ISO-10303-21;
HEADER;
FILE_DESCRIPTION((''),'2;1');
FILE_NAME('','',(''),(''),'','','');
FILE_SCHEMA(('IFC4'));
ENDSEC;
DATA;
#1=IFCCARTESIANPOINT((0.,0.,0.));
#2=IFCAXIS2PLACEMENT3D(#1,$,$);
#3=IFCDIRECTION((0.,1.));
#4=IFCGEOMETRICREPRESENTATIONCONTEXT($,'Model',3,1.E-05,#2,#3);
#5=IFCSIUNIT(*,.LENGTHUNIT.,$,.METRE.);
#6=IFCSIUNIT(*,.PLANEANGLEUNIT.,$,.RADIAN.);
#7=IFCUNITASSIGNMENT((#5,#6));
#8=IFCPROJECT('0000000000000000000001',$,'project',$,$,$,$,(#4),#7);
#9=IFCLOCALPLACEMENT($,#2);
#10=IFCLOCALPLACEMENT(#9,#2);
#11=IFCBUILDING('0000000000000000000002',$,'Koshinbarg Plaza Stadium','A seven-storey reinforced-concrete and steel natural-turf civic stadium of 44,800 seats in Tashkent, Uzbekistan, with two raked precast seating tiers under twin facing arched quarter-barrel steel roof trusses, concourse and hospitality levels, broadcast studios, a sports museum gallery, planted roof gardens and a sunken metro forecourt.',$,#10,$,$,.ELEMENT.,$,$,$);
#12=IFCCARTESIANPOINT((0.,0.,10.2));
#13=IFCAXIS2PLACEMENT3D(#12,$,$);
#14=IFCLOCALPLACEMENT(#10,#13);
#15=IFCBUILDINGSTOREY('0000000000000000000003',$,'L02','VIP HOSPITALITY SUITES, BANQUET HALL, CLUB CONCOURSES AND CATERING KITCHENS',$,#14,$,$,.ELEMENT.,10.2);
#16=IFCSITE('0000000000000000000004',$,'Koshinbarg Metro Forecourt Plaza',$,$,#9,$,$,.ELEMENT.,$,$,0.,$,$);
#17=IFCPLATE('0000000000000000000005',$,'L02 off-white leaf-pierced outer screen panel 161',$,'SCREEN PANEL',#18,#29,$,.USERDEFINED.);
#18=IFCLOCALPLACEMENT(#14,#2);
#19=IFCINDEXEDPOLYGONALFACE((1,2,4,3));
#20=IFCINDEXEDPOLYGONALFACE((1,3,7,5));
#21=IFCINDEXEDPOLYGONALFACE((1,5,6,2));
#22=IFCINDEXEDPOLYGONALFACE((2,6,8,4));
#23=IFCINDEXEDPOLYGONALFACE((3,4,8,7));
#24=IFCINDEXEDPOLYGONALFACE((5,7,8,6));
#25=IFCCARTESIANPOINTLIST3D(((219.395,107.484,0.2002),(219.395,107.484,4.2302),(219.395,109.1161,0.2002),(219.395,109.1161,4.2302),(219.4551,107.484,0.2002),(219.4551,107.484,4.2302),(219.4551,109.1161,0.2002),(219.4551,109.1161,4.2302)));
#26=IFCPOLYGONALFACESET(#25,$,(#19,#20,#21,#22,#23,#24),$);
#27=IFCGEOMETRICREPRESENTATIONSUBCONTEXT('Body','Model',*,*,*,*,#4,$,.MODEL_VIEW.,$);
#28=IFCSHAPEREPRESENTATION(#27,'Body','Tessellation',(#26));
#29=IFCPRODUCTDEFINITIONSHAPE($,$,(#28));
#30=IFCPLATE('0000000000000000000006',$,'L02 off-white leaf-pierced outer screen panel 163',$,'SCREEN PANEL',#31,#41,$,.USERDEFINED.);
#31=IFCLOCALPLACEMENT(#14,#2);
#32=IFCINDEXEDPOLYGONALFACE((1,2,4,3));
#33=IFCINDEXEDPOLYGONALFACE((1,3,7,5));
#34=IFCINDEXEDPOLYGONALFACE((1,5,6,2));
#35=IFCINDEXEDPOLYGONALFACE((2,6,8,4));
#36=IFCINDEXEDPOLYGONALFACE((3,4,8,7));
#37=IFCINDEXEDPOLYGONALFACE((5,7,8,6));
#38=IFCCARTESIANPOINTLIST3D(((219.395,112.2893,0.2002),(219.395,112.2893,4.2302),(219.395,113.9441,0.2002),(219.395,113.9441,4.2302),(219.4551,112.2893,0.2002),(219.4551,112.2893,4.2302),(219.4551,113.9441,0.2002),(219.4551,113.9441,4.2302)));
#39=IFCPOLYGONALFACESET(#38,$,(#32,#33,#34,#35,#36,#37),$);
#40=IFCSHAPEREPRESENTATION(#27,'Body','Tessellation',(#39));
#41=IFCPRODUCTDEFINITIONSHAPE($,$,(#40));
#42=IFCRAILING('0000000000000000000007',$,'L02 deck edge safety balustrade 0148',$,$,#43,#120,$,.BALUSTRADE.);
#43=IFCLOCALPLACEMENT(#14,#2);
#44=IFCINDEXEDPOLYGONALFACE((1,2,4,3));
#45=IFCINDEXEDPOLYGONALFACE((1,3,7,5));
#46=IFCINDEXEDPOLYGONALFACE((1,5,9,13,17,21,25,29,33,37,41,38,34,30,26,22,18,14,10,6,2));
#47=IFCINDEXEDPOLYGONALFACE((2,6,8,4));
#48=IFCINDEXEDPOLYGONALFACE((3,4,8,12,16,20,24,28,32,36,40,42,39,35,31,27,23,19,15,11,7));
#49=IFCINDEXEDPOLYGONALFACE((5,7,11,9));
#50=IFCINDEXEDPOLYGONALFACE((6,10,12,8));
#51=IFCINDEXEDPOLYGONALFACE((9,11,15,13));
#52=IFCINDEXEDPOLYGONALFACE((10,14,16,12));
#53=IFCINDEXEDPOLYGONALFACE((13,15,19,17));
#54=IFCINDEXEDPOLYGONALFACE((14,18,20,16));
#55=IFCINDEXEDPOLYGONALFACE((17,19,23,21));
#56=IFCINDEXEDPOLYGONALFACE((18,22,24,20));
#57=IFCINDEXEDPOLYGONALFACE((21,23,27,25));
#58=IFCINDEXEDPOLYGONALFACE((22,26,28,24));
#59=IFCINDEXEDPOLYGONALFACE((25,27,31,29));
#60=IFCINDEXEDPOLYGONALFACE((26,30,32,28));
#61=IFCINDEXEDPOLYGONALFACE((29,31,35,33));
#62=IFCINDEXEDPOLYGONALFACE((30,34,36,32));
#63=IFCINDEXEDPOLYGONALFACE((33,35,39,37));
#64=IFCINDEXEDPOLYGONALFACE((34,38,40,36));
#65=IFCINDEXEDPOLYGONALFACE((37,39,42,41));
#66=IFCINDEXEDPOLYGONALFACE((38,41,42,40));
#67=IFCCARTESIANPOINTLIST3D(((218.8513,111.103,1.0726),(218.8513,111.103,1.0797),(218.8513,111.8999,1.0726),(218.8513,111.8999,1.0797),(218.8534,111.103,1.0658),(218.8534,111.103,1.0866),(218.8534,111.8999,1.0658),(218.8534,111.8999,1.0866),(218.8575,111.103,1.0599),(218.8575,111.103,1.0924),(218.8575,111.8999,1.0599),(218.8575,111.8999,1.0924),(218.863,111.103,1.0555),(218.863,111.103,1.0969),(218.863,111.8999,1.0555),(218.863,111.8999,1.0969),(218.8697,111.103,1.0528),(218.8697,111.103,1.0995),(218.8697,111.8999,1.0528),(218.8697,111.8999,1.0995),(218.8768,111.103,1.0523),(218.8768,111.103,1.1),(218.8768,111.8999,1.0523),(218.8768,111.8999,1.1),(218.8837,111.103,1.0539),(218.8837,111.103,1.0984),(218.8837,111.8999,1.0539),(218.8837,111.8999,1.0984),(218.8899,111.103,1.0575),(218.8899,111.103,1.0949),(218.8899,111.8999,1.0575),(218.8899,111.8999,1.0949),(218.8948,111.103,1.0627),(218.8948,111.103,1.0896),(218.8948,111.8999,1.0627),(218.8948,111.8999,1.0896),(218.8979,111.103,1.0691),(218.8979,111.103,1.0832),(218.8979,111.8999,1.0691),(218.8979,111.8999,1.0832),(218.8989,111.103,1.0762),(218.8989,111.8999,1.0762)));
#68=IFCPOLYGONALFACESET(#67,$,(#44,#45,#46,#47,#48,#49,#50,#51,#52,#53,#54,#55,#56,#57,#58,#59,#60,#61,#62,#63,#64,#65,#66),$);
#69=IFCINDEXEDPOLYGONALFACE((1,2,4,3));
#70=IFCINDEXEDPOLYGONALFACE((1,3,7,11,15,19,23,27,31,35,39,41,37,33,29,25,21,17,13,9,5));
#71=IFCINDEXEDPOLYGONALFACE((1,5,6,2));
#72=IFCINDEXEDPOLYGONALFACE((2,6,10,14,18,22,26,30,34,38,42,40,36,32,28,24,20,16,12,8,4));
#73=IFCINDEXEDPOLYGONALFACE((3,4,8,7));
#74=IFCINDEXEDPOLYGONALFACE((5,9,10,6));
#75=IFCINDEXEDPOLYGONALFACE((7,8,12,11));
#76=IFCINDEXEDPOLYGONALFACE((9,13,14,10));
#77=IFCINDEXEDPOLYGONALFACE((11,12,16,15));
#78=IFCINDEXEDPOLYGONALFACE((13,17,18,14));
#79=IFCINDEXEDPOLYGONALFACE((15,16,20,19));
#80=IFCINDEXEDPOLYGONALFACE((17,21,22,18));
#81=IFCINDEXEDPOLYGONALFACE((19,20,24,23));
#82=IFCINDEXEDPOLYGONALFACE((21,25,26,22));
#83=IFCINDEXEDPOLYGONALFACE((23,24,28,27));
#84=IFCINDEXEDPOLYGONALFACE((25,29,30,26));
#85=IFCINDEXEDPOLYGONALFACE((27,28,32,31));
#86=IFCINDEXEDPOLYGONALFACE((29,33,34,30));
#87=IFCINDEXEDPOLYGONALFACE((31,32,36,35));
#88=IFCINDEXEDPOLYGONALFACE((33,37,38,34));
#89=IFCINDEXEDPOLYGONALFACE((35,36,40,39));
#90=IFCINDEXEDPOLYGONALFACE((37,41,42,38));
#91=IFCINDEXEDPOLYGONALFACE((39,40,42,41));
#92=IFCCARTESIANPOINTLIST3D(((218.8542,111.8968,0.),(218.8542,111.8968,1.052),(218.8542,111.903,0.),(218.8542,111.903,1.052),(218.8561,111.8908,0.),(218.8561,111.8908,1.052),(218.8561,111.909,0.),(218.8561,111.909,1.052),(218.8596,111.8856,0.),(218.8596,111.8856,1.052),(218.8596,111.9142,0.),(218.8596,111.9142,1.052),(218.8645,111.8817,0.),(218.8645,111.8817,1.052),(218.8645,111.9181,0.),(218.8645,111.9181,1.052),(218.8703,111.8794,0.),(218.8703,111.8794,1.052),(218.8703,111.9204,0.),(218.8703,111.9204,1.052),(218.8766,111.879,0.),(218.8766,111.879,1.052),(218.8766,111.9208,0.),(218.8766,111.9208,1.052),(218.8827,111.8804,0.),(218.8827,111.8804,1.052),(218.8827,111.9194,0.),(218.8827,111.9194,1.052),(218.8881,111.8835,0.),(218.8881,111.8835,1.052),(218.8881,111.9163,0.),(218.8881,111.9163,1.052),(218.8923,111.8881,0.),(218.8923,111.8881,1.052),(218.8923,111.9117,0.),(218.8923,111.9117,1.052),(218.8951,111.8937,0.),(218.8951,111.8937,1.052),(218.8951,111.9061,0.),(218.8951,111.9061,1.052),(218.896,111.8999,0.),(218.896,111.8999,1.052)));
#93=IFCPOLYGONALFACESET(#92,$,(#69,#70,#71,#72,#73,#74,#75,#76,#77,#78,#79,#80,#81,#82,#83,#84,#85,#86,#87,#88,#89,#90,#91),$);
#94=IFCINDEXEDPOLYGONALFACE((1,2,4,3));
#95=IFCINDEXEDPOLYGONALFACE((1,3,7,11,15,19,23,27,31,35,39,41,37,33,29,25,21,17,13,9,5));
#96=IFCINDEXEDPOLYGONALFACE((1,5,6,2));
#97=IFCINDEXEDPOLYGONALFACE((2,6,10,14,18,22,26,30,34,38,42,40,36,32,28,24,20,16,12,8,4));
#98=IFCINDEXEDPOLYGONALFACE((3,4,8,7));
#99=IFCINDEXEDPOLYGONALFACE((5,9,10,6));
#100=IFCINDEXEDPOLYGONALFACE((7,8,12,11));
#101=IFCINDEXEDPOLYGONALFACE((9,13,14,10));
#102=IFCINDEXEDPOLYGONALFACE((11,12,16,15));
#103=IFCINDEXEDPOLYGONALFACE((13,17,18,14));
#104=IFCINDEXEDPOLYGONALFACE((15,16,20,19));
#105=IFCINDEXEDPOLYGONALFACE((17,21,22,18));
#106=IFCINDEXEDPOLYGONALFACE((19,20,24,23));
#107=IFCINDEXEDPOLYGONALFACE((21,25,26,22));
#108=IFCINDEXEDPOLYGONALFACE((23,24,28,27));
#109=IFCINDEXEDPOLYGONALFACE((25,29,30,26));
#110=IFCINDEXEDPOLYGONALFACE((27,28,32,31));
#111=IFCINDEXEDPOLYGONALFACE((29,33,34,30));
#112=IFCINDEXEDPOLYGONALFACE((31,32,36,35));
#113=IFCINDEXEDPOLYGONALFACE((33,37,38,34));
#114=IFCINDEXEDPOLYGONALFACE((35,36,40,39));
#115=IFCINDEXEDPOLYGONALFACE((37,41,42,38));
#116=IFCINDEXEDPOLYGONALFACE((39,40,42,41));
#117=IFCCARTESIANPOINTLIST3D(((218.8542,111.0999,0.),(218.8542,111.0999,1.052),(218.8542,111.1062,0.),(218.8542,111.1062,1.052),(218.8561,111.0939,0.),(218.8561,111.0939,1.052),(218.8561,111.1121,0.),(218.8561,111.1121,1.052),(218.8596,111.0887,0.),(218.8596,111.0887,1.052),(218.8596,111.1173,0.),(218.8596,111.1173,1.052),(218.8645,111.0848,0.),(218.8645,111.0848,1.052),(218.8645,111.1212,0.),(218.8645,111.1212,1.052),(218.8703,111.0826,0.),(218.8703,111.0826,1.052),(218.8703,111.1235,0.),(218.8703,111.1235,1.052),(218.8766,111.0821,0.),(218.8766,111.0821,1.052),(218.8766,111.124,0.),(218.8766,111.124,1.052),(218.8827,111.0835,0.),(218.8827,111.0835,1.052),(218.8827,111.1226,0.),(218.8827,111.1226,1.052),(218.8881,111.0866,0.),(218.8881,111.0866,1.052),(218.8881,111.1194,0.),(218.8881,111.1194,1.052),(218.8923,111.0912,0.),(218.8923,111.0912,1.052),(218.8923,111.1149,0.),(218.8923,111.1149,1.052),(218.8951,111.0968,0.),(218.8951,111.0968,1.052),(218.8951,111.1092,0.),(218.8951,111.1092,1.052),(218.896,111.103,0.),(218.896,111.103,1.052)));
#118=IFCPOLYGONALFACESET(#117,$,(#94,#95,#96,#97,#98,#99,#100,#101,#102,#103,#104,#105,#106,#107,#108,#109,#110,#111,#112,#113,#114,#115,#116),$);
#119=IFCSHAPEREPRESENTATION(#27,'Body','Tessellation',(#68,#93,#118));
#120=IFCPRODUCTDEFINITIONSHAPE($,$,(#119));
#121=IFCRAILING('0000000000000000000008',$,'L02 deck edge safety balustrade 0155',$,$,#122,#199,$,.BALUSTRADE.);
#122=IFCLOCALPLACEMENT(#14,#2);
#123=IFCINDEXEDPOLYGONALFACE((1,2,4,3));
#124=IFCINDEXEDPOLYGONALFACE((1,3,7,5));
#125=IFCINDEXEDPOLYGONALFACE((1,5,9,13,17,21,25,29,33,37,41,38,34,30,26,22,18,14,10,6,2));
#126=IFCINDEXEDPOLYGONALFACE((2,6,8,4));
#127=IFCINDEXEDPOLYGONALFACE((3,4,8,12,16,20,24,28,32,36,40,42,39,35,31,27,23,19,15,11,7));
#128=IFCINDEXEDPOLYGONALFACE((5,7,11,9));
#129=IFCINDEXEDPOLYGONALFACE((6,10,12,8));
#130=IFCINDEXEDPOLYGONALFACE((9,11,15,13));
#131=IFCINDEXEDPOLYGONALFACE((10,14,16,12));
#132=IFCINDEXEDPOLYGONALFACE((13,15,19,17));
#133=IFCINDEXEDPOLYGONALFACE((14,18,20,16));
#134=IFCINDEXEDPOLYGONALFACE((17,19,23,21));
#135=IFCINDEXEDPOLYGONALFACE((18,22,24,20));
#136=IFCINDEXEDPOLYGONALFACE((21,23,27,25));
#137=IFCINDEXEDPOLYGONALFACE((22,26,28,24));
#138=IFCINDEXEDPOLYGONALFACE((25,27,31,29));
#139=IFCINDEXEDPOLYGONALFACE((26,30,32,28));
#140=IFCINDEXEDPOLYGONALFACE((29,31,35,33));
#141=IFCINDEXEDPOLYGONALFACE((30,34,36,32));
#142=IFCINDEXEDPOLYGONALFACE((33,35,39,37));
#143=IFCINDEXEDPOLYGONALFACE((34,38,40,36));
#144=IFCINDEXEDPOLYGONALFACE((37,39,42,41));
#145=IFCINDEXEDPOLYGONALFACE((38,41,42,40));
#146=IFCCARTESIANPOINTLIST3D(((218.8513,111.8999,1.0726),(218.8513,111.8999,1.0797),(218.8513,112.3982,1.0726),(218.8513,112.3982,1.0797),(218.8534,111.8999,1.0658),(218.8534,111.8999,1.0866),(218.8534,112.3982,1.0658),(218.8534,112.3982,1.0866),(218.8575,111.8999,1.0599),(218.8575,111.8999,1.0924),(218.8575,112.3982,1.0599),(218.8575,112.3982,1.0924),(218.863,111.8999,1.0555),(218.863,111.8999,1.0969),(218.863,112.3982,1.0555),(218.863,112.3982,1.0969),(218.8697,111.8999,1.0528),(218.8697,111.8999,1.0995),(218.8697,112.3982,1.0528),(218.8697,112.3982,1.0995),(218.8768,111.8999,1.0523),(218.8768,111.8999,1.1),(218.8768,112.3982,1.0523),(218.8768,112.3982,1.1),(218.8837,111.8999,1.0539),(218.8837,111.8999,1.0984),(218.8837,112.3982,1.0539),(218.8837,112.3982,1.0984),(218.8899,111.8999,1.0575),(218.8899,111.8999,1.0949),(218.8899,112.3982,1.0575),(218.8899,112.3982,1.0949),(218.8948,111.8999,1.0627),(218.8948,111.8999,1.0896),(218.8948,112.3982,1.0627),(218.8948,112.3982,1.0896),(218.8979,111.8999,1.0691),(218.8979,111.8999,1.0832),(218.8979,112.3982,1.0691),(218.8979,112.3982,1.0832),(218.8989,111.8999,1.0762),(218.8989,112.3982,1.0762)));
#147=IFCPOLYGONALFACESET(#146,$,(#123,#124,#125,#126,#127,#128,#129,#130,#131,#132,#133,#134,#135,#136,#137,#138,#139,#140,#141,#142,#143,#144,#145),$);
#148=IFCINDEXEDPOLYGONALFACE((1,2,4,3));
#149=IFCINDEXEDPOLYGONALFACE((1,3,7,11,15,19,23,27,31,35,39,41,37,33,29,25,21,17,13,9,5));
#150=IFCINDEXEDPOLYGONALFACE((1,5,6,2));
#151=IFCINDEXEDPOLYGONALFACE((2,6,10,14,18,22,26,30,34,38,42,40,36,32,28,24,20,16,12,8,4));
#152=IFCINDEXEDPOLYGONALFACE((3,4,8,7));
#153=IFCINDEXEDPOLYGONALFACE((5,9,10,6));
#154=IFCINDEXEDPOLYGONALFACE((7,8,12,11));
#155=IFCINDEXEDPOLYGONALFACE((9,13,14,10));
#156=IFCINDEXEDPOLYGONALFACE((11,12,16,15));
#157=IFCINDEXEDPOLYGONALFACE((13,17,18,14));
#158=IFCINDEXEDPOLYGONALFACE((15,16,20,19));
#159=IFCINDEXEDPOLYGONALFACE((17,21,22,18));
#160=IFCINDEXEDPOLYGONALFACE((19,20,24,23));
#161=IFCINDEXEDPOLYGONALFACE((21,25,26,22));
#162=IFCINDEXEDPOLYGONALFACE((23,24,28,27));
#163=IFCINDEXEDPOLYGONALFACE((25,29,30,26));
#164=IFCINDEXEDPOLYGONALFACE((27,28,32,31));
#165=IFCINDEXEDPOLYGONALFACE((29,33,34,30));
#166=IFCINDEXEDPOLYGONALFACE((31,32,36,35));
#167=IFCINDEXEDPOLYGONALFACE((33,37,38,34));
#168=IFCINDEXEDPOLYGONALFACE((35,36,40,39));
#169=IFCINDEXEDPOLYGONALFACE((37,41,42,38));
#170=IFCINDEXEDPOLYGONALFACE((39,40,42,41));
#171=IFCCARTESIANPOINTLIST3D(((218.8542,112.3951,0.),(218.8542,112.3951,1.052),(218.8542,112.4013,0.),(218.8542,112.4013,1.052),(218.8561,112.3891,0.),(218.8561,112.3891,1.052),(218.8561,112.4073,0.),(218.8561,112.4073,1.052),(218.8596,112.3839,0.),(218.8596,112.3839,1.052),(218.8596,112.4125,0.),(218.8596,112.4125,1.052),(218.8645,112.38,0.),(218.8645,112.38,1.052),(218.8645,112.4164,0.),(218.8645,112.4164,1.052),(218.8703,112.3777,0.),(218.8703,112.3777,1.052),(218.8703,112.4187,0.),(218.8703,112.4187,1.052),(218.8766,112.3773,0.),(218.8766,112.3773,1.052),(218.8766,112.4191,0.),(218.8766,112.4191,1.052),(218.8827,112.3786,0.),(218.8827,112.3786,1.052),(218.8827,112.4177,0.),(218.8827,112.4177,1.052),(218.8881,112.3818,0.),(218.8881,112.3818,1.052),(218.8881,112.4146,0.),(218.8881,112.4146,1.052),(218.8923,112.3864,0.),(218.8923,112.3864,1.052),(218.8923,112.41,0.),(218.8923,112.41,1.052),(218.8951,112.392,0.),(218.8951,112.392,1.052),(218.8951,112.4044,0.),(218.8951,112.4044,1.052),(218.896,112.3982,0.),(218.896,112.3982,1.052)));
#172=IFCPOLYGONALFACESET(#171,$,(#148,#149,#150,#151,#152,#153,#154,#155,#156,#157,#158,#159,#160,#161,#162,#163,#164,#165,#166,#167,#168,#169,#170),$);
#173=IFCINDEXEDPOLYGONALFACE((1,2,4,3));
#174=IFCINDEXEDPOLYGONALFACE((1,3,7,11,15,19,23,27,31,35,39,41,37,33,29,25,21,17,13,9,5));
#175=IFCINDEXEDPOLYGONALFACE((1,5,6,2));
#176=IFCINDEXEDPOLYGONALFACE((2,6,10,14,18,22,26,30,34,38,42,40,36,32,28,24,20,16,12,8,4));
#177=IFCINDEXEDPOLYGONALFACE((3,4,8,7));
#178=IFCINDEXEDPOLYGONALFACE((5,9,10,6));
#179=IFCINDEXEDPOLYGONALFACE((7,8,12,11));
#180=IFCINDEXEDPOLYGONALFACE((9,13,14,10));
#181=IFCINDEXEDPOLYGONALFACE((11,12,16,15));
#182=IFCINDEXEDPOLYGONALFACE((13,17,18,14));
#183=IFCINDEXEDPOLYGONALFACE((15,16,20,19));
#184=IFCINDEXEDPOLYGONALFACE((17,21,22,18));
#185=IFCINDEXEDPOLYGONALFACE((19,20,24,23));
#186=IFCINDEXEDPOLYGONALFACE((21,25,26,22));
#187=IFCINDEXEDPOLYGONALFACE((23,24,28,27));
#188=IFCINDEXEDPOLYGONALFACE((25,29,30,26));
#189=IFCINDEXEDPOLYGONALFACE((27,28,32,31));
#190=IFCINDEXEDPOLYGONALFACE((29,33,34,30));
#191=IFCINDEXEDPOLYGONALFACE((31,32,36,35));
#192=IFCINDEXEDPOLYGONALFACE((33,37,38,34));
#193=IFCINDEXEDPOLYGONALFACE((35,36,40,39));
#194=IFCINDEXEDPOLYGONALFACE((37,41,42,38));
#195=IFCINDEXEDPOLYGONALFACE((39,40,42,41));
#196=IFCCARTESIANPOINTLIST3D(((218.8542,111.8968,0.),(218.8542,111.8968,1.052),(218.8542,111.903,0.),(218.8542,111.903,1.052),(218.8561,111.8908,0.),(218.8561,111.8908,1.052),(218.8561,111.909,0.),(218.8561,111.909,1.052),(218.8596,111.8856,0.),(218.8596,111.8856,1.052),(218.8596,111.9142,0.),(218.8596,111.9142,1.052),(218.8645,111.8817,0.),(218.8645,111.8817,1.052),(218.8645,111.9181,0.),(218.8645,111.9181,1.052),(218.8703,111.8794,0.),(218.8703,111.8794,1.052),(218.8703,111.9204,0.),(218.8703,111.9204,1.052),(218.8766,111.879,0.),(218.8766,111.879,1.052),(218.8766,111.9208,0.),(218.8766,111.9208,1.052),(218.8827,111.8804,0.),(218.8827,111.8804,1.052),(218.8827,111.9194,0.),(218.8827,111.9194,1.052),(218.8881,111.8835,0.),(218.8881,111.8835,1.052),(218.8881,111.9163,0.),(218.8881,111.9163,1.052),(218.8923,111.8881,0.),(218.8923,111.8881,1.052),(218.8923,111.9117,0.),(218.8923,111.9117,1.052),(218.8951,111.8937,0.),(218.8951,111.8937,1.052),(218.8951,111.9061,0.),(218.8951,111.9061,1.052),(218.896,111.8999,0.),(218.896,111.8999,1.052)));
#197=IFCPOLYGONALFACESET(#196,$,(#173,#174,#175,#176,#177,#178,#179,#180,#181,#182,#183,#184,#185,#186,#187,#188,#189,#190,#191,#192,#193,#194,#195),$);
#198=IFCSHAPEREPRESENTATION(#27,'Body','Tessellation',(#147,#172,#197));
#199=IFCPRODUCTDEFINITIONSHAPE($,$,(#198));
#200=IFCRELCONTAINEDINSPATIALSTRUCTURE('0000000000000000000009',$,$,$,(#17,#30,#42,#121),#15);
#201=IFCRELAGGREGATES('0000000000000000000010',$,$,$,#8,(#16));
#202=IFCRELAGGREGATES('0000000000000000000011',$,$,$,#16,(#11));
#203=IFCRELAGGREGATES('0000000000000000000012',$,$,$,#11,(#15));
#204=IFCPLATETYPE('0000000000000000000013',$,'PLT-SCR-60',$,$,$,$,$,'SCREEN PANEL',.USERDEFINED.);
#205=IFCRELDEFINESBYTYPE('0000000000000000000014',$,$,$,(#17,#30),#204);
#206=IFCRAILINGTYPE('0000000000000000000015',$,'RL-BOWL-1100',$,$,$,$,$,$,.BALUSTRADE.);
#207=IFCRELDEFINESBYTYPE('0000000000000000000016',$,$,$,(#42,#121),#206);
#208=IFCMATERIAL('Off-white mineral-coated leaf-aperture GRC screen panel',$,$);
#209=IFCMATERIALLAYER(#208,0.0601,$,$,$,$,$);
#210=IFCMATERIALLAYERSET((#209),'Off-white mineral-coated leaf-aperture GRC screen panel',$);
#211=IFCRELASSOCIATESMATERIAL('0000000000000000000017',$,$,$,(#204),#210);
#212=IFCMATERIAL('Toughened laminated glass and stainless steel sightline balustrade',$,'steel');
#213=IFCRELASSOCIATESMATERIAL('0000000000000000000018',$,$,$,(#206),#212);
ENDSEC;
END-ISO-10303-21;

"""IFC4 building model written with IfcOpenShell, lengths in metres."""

from ifc_helpers import new_model, si_unit, direction, frame, origin, origin_2d, place, context, subcontext, project, spatial, rectangle, circle, extrude, material, layer, layer_set, type_object, element, save


model = new_model("IFC4")

# Units and contexts
model_context = context("Model", 3, precision=1e-05, world=origin(), true_north=direction((0.0, 1.0)))
body_context = subcontext(model_context, "Body", "Model", "MODEL_VIEW")
ifc_project = project(units=[si_unit("LENGTHUNIT", "METRE"), si_unit("PLANEANGLEUNIT", "RADIAN")], contexts=[model_context])

# Site, building, storey
site_placement = place(None, origin())
site = spatial("IfcSite", under=ifc_project, at=site_placement, Name="Koshinbarg Metro Forecourt Plaza", CompositionType="ELEMENT", RefElevation=0.0)
building_placement = place(site_placement, origin())
building = spatial("IfcBuilding", under=site, at=building_placement, Name="Koshinbarg Plaza Stadium", Description="A seven-storey reinforced-concrete and steel natural-turf civic stadium of 44,800 seats in Tashkent, Uzbekistan, with two raked precast seating tiers under twin facing arched quarter-barrel steel roof trusses, concourse and hospitality levels, broadcast studios, a sports museum gallery, planted roof gardens and a sunken metro forecourt.", CompositionType="ELEMENT")
storey_placement = place(building_placement, frame((0.0, 0.0, 10.2)))
storey = spatial("IfcBuildingStorey", under=building, at=storey_placement, Name="L02", Description="VIP HOSPITALITY SUITES, BANQUET HALL, CLUB CONCOURSES AND CATERING KITCHENS", CompositionType="ELEMENT", Elevation=10.2)

# Plates
ifc_material_1 = material(Name="Off-white mineral-coated leaf-aperture GRC screen panel")
ifc_layer_1 = layer(ifc_material_1, 0.0601)
ifc_layer_set_1 = layer_set([ifc_layer_1], Name="Off-white mineral-coated leaf-aperture GRC screen panel")
plate_type_1 = type_object("IfcPlateType", Name="PLT-SCR-60", ElementType="SCREEN PANEL", PredefinedType="USERDEFINED", material=ifc_layer_set_1)
plate_1_placement = place(storey_placement, frame((219.425, 108.3, 0.2002), z_axis=(0.0, 0.0, 1.0), x_axis=(1.0, 0.0, 0.0)))
element("IfcPlate", 1, at=plate_1_placement, inside=storey, type_object=plate_type_1, Name="L02 off-white leaf-pierced outer screen panel 161", ObjectType="SCREEN PANEL", PredefinedType="USERDEFINED", context=body_context, shape_type="SweptSolid", body=[
    extrude(rectangle(XDim=0.0601, YDim=1.6321, at=origin_2d()), origin(), (0.0, 0.0, 1.0), 4.03),
])
plate_2_placement = place(storey_placement, frame((219.425, 113.1167, 0.2002), z_axis=(0.0, 0.0, 1.0), x_axis=(1.0, 0.0, 0.0)))
element("IfcPlate", 2, at=plate_2_placement, inside=storey, type_object=plate_type_1, Name="L02 off-white leaf-pierced outer screen panel 163", ObjectType="SCREEN PANEL", PredefinedType="USERDEFINED", context=body_context, shape_type="SweptSolid", body=[
    extrude(rectangle(XDim=0.0601, YDim=1.6548, at=origin_2d()), origin(), (0.0, 0.0, 1.0), 4.03),
])

# Railings
ifc_material_2 = material(Name="Toughened laminated glass and stainless steel sightline balustrade", Category="steel")
railing_type = type_object("IfcRailingType", Name="RL-BOWL-1100", PredefinedType="BALUSTRADE", material=ifc_material_2)
railing_1_placement = place(storey_placement, frame((218.875, 111.8999, 0.0)))
element("IfcRailing", 3, at=railing_1_placement, inside=storey, type_object=railing_type, Name="L02 deck edge safety balustrade 0148", PredefinedType="BALUSTRADE", context=body_context, shape_type="SweptSolid", body=[
    extrude(circle(Radius=0.0239, at=origin_2d()), frame((0.0, 0.0, 1.0762), z_axis=(0.0, -1.0, 0.0), x_axis=(1.0, 0.0, 0.0)), (0.0, 0.0, 1.0), 0.7969),
    extrude(circle(Radius=0.021, at=origin_2d()), origin(), (0.0, 0.0, 1.0), 1.052),
    extrude(circle(Radius=0.021, at=origin_2d()), frame((0.0, -0.7969, 0.0)), (0.0, 0.0, 1.0), 1.052),
])
railing_2_placement = place(storey_placement, frame((218.875, 112.3982, 0.0)))
element("IfcRailing", 4, at=railing_2_placement, inside=storey, type_object=railing_type, Name="L02 deck edge safety balustrade 0155", PredefinedType="BALUSTRADE", context=body_context, shape_type="SweptSolid", body=[
    extrude(circle(Radius=0.0239, at=origin_2d()), frame((0.0, 0.0, 1.0762), z_axis=(0.0, -1.0, 0.0), x_axis=(1.0, 0.0, 0.0)), (0.0, 0.0, 1.0), 0.4983),
    extrude(circle(Radius=0.021, at=origin_2d()), origin(), (0.0, 0.0, 1.0), 1.052),
    extrude(circle(Radius=0.021, at=origin_2d()), frame((0.0, -0.4983, 0.0)), (0.0, 0.0, 1.0), 1.052),
])

save(model, "model.ifc")
